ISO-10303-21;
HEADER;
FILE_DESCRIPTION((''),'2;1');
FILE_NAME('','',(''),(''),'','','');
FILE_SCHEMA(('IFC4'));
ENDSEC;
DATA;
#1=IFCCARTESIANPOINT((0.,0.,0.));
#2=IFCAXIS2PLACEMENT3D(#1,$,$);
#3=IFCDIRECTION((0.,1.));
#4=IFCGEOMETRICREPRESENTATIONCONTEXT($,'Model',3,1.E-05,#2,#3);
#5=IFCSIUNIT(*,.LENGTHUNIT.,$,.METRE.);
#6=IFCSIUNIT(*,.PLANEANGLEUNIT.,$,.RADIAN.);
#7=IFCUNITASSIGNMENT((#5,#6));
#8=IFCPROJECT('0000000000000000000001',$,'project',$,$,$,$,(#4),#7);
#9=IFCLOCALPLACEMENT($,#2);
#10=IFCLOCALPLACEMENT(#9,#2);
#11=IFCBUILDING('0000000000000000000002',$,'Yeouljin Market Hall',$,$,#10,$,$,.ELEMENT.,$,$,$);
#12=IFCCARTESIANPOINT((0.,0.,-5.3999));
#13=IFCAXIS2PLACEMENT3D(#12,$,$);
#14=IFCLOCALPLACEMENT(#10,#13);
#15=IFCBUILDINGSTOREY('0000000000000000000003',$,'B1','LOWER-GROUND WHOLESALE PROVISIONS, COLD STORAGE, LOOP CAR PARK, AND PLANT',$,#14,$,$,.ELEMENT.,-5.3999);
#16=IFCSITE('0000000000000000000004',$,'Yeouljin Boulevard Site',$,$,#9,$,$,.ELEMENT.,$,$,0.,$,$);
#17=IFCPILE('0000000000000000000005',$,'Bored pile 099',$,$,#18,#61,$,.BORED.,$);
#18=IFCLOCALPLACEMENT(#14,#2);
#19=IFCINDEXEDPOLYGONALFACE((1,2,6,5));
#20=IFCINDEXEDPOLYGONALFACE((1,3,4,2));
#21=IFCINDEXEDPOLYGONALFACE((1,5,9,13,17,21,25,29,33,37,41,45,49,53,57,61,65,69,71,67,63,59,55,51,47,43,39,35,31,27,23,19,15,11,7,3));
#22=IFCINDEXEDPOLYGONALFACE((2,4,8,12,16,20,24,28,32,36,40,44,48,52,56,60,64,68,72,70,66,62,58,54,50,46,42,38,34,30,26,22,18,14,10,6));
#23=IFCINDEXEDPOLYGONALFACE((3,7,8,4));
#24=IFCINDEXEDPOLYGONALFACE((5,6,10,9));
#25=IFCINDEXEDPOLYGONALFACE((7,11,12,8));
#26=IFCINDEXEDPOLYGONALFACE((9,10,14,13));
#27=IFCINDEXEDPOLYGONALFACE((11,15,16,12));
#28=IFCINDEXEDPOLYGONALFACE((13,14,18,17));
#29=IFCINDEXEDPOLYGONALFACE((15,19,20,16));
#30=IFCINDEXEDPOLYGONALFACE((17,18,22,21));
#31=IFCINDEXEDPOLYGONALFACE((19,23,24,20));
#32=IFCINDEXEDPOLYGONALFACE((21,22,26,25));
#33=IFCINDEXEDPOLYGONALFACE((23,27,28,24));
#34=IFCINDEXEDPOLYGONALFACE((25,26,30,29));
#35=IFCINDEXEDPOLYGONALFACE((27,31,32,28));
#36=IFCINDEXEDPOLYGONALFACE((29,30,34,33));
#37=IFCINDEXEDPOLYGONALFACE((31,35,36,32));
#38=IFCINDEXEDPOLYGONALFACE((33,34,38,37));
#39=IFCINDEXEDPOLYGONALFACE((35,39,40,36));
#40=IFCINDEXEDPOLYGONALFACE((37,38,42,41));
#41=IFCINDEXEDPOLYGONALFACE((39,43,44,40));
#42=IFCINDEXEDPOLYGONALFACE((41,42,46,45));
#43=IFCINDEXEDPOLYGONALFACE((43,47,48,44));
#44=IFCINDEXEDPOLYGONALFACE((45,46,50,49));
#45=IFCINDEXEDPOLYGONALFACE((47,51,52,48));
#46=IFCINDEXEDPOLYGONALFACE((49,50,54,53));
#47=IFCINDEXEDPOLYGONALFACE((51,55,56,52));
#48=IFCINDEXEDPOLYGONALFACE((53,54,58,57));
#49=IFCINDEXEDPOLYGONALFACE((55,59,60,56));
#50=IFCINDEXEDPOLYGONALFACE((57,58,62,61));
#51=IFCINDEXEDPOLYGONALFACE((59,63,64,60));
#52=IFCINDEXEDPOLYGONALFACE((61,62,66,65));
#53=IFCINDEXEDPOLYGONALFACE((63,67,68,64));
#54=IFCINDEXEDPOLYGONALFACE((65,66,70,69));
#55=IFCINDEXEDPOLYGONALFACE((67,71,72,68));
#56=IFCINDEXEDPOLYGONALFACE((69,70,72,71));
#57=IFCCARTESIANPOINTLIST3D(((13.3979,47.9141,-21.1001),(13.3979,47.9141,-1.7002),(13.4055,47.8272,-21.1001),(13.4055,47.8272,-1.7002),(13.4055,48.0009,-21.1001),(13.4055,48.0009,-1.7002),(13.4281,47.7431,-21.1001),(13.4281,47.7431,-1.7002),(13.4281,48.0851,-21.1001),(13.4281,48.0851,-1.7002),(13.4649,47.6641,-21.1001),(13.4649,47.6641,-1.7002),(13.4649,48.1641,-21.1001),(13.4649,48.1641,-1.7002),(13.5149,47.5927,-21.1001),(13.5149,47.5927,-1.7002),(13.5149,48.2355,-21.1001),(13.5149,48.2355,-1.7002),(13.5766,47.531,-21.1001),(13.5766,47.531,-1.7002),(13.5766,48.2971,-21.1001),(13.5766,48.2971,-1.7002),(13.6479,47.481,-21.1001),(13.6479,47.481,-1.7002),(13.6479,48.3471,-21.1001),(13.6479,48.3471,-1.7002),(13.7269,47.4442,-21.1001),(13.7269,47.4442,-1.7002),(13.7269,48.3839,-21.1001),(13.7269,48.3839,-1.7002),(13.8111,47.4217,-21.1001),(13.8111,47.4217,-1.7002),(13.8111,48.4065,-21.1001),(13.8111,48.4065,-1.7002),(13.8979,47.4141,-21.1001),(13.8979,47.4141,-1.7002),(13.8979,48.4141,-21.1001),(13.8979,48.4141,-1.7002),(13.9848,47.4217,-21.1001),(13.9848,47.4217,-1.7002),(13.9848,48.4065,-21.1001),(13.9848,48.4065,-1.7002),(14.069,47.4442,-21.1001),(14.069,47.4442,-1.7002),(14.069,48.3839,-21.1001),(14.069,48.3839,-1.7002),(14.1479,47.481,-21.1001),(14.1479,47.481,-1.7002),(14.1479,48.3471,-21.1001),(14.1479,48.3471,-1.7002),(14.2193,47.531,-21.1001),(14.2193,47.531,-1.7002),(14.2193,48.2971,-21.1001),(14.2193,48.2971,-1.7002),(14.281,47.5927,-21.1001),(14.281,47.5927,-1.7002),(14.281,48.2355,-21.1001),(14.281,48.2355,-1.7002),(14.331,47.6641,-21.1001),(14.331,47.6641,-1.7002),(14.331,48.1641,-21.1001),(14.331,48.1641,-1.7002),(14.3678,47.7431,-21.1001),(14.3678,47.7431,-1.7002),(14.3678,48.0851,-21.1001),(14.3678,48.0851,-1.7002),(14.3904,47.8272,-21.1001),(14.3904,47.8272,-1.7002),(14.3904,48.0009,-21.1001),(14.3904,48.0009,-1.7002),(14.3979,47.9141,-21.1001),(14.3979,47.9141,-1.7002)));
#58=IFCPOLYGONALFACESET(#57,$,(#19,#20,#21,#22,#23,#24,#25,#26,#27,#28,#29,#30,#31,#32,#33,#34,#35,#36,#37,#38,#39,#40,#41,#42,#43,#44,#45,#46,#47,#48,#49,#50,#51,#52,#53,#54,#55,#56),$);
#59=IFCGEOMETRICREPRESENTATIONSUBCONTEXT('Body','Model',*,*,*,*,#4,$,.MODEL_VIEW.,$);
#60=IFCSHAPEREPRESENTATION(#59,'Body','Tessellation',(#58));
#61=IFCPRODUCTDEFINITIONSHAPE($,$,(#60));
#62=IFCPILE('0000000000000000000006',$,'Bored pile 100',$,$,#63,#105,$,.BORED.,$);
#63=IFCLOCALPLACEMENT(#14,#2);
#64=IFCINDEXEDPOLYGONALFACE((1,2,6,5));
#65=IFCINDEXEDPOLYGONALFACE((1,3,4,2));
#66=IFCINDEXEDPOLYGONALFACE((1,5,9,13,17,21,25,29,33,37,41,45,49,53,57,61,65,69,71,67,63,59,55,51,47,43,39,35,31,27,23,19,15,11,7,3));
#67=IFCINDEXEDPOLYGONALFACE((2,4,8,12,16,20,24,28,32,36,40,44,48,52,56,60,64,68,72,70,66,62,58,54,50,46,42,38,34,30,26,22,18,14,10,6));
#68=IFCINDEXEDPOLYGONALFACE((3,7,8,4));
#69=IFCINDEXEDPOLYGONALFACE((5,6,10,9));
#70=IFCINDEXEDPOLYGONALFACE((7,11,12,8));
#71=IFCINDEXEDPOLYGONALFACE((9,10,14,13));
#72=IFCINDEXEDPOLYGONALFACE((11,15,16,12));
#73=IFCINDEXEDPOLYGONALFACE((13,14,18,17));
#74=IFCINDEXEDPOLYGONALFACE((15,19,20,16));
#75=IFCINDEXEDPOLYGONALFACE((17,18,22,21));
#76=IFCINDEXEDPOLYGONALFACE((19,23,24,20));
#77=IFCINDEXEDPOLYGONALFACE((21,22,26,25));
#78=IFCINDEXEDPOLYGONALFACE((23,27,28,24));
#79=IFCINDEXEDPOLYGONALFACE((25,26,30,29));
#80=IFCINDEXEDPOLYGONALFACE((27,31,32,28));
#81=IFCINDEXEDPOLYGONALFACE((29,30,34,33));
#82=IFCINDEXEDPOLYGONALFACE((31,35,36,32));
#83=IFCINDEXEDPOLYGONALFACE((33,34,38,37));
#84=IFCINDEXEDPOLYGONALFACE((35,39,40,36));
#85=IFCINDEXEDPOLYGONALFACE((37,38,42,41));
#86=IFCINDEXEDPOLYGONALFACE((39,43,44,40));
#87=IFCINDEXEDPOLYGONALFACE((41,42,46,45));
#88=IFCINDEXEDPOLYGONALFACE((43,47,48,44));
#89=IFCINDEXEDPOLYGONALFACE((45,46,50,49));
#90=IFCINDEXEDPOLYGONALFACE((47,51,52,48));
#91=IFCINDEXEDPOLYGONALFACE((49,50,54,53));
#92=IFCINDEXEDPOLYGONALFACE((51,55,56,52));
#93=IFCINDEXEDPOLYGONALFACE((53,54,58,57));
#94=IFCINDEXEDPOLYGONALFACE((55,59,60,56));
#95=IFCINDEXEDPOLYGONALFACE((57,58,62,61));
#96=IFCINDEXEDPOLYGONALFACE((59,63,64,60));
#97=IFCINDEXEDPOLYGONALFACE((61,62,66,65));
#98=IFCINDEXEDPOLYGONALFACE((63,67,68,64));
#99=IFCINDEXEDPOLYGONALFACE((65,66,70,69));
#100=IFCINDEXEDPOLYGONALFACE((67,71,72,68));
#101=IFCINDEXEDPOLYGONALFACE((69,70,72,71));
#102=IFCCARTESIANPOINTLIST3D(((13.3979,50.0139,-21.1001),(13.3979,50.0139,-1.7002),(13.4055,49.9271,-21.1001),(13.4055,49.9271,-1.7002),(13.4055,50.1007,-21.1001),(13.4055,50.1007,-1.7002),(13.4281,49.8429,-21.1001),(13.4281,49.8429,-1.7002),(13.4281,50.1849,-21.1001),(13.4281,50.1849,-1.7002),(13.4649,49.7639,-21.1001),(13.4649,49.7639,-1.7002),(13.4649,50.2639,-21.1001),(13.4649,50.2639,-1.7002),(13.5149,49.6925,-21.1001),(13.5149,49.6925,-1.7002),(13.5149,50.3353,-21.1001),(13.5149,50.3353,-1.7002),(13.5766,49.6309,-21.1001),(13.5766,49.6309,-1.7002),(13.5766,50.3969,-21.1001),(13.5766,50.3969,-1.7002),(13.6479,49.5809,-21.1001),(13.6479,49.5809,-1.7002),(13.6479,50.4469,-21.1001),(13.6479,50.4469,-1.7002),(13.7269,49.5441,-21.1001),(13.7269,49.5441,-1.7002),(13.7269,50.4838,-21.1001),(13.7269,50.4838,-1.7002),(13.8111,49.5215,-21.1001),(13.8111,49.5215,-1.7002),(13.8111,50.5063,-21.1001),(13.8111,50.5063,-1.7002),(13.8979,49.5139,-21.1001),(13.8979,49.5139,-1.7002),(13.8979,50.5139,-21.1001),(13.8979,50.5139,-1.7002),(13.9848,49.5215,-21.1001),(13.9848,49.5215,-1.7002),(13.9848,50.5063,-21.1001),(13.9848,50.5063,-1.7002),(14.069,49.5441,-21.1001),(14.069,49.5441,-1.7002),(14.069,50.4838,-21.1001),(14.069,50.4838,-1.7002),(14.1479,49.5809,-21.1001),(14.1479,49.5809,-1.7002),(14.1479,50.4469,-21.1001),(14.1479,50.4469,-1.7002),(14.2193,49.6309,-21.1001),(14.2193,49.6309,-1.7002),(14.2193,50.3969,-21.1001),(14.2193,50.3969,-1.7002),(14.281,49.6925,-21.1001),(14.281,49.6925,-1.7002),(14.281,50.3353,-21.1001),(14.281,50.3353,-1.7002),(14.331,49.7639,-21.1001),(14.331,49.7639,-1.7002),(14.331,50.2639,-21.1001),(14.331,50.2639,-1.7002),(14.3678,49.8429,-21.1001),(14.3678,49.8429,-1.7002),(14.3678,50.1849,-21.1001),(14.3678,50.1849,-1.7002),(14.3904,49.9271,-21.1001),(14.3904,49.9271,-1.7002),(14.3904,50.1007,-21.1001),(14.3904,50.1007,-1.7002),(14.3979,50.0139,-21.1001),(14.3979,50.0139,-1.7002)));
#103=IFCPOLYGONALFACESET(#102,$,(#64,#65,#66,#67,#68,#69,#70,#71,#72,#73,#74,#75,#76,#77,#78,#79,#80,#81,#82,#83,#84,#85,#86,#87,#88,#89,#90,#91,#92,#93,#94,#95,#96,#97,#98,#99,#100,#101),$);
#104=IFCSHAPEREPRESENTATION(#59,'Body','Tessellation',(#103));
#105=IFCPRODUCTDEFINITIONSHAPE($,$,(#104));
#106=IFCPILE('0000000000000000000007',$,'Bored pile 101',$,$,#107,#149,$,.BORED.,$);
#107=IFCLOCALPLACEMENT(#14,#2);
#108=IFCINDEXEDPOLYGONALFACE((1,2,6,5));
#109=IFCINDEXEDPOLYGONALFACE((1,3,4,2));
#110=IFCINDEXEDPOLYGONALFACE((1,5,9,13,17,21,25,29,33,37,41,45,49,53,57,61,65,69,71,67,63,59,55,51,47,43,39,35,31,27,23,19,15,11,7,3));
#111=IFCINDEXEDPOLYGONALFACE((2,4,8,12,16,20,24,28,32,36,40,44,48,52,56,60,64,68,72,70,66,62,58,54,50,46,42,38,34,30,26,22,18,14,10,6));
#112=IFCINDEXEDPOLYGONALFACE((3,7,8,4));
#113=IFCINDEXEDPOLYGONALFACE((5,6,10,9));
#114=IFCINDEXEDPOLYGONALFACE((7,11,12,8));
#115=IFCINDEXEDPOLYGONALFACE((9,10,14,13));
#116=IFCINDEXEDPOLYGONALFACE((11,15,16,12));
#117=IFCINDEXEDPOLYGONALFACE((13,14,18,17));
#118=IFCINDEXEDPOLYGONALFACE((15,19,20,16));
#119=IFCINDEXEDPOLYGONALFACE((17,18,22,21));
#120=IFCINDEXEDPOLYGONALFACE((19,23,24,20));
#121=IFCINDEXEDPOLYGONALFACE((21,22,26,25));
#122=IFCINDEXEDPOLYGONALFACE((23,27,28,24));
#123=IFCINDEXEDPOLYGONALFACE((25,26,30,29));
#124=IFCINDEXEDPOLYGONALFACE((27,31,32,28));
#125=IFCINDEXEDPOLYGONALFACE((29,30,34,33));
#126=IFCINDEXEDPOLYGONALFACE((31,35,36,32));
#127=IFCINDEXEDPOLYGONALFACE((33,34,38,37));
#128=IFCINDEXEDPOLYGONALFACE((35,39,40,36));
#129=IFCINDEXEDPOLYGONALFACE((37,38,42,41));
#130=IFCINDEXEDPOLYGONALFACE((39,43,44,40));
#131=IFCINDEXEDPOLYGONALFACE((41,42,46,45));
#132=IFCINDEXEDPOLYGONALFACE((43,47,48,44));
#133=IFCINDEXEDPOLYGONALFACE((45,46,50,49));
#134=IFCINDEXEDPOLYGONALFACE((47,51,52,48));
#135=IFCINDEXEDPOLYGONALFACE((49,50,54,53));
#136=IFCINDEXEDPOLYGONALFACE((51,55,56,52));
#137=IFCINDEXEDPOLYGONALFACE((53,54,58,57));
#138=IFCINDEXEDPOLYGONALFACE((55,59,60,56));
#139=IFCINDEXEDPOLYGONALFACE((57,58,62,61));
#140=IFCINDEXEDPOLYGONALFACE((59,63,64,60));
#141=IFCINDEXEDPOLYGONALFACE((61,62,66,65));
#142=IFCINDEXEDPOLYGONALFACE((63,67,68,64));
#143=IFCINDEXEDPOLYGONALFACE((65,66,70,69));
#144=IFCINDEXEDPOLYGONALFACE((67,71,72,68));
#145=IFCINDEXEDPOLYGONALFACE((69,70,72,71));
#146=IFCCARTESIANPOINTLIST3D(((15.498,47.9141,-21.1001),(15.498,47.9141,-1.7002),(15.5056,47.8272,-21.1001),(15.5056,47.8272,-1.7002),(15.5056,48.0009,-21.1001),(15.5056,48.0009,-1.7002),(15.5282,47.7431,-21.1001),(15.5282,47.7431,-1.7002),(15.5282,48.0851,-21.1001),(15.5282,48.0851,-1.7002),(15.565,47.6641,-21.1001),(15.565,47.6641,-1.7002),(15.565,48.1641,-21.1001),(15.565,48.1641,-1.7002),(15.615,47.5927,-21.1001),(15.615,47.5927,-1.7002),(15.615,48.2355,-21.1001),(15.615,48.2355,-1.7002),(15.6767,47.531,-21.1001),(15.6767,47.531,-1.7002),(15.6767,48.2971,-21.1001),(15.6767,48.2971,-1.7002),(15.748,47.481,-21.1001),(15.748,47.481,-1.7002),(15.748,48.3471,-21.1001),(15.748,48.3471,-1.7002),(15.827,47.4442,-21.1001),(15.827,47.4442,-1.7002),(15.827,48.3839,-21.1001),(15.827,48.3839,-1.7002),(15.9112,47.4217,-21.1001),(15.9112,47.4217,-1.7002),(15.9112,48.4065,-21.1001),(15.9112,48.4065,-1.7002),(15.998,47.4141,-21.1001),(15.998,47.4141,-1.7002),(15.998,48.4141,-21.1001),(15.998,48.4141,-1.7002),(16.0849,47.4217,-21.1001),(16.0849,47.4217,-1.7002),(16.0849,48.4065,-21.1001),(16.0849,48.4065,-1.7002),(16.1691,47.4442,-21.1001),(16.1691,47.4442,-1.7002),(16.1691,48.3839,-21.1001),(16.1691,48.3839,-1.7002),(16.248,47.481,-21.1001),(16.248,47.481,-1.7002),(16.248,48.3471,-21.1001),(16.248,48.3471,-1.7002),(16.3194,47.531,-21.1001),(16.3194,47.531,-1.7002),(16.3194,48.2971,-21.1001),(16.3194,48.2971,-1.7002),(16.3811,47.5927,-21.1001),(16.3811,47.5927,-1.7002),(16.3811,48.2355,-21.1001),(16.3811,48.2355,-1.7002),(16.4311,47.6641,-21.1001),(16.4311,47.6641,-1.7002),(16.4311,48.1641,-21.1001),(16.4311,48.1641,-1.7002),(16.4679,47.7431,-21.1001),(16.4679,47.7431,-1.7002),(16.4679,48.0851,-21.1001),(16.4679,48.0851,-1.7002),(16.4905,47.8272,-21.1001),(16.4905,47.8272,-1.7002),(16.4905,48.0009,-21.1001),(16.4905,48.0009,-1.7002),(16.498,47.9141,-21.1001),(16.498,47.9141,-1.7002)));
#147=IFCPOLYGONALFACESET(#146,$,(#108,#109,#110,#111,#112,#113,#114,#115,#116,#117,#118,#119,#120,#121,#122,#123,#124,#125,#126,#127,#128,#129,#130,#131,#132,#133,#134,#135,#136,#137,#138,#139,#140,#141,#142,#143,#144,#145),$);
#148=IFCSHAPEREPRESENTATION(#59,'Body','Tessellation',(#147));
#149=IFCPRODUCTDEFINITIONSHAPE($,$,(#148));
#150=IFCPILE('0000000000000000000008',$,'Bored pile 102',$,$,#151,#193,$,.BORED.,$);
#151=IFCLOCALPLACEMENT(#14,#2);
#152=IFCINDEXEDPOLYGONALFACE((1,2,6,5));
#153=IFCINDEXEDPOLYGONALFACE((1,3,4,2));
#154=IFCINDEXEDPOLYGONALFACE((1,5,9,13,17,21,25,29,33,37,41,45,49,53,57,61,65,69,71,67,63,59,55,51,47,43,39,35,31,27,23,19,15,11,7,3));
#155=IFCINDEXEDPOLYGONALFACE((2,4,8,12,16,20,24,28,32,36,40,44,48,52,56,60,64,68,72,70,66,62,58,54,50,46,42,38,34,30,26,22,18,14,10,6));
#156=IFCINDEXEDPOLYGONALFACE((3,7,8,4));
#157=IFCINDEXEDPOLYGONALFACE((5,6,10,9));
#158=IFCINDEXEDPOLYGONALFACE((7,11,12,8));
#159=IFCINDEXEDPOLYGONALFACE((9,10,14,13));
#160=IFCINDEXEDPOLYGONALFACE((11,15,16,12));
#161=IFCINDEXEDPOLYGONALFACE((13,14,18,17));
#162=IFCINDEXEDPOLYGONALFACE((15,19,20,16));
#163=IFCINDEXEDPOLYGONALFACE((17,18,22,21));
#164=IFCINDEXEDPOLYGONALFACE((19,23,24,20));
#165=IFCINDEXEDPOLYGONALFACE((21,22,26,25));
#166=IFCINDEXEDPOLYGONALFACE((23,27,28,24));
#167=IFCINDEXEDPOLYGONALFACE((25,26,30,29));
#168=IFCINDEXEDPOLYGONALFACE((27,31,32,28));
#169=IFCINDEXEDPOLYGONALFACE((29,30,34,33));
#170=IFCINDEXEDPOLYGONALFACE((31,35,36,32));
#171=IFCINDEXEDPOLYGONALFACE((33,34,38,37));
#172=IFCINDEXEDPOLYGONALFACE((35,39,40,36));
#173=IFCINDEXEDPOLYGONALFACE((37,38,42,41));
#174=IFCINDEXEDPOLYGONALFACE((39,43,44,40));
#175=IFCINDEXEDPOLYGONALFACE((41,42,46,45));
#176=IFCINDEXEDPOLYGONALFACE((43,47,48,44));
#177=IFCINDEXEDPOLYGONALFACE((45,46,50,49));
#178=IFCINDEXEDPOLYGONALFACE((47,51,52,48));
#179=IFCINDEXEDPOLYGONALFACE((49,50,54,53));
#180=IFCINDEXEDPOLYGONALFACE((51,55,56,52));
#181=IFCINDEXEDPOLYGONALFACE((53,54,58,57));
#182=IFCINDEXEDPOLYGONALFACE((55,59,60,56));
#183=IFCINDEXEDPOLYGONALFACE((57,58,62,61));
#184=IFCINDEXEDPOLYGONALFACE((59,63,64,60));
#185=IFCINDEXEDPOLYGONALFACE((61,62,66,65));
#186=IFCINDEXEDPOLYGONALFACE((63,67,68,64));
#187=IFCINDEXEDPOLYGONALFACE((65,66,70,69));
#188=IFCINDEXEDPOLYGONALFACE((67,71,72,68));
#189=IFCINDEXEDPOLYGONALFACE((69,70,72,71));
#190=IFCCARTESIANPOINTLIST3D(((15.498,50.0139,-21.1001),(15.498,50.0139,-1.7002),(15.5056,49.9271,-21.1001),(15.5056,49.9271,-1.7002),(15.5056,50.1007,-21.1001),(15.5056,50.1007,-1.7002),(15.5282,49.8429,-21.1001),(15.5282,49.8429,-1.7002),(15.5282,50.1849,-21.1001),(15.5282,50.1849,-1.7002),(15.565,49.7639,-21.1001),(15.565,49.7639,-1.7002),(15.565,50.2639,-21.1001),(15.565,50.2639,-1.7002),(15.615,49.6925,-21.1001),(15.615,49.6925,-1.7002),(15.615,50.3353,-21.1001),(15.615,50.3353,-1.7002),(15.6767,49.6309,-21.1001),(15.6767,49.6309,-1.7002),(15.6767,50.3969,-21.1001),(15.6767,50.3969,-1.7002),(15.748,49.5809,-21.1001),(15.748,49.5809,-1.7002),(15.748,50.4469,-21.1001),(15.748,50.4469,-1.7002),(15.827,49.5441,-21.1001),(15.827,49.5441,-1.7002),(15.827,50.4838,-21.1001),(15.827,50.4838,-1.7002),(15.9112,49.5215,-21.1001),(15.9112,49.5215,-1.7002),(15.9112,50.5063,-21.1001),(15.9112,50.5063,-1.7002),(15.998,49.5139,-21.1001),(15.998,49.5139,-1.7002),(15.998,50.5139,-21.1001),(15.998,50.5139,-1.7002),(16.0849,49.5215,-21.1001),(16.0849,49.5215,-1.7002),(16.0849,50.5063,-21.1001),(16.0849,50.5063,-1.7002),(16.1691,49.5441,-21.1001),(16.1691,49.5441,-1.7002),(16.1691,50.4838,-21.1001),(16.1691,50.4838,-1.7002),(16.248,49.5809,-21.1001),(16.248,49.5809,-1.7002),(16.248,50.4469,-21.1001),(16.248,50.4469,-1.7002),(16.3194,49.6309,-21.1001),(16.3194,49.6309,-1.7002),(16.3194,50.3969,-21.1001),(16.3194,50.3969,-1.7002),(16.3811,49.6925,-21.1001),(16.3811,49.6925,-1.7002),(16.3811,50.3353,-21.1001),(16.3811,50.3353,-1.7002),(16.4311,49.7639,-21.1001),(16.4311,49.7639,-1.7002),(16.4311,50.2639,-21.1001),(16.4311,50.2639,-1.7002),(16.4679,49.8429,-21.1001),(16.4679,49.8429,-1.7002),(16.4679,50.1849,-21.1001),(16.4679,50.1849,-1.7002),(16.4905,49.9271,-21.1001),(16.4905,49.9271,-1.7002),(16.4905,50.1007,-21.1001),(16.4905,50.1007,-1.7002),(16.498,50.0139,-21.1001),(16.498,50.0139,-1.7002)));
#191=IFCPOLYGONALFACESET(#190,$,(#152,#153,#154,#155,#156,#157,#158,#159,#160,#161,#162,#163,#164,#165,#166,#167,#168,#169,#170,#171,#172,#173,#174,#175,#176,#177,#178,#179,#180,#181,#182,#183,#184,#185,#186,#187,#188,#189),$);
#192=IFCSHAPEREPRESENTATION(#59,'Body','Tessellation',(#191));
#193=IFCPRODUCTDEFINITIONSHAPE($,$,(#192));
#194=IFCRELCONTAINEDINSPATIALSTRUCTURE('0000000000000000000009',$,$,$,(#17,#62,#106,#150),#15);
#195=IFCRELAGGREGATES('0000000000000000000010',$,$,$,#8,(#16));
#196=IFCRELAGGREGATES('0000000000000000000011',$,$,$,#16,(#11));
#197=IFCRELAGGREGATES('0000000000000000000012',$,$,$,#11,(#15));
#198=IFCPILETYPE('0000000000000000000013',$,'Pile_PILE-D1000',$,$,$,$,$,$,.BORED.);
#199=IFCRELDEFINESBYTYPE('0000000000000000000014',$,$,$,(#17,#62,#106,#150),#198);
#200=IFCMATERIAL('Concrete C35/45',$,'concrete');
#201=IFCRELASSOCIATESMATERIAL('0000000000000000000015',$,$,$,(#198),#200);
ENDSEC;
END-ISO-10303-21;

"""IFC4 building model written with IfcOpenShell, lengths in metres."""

from ifc_helpers import new_model, si_unit, direction, frame, origin, origin_2d, place, context, subcontext, project, spatial, circle, extrude, material, material_profile, profile_set, type_object, element, save


model = new_model("IFC4")

# Units and contexts
model_context = context("Model", 3, precision=1e-05, world=origin(), true_north=direction((0.0, 1.0)))
body_context = subcontext(model_context, "Body", "Model", "MODEL_VIEW")
ifc_project = project(units=[si_unit("LENGTHUNIT", "METRE"), si_unit("PLANEANGLEUNIT", "RADIAN")], contexts=[model_context])

# Site, building, storey
site_placement = place(None, origin())
site = spatial("IfcSite", under=ifc_project, at=site_placement, Name="Yeouljin Boulevard Site", CompositionType="ELEMENT", RefElevation=0.0)
building_placement = place(site_placement, origin())
building = spatial("IfcBuilding", under=site, at=building_placement, Name="Yeouljin Market Hall", CompositionType="ELEMENT")
storey_placement = place(building_placement, frame((0.0, 0.0, -5.3999)))
storey = spatial("IfcBuildingStorey", under=building, at=storey_placement, Name="B1", Description="LOWER-GROUND WHOLESALE PROVISIONS, COLD STORAGE, LOOP CAR PARK, AND PLANT", CompositionType="ELEMENT", Elevation=-5.3999)

# Piles
ifc_material_1 = material(Name="Concrete C35/45", Category="concrete")
ifc_material_profile_1 = material_profile(ifc_material_1, circle(Radius=0.5, at=origin_2d()), Name="PILE-D1000")
ifc_profile_set_1 = profile_set([ifc_material_profile_1], Name="Concrete C35/45")
pile_type_1 = type_object("IfcPileType", Name="Pile_PILE-D1000", PredefinedType="BORED", material=ifc_profile_set_1)
for number, where, z_axis, x_axis, name in (
    (1, (13.8979, 47.9141, -1.7002), (0.0, 0.0, -1.0), (1.0, 0.0, 0.0), "Bored pile 099"),
    (2, (13.8979, 50.0139, -1.7002), (0.0, 0.0, -1.0), (1.0, 0.0, 0.0), "Bored pile 100"),
    (3, (15.998, 47.9141, -1.7002), (0.0, 0.0, -1.0), (1.0, 0.0, 0.0), "Bored pile 101"),
    (4, (15.998, 50.0139, -1.7002), (0.0, 0.0, -1.0), (1.0, 0.0, 0.0), "Bored pile 102"),
):
    element("IfcPile", number, at=place(storey_placement, frame(where, z_axis=z_axis, x_axis=x_axis)), inside=storey, type_object=pile_type_1, Name=name, PredefinedType="BORED", context=body_context, shape_type="SweptSolid", body=[
        extrude(circle(Radius=0.5, at=origin_2d()), origin(), (0.0, 0.0, 1.0), 19.3999),
    ])

save(model, "model.ifc")
